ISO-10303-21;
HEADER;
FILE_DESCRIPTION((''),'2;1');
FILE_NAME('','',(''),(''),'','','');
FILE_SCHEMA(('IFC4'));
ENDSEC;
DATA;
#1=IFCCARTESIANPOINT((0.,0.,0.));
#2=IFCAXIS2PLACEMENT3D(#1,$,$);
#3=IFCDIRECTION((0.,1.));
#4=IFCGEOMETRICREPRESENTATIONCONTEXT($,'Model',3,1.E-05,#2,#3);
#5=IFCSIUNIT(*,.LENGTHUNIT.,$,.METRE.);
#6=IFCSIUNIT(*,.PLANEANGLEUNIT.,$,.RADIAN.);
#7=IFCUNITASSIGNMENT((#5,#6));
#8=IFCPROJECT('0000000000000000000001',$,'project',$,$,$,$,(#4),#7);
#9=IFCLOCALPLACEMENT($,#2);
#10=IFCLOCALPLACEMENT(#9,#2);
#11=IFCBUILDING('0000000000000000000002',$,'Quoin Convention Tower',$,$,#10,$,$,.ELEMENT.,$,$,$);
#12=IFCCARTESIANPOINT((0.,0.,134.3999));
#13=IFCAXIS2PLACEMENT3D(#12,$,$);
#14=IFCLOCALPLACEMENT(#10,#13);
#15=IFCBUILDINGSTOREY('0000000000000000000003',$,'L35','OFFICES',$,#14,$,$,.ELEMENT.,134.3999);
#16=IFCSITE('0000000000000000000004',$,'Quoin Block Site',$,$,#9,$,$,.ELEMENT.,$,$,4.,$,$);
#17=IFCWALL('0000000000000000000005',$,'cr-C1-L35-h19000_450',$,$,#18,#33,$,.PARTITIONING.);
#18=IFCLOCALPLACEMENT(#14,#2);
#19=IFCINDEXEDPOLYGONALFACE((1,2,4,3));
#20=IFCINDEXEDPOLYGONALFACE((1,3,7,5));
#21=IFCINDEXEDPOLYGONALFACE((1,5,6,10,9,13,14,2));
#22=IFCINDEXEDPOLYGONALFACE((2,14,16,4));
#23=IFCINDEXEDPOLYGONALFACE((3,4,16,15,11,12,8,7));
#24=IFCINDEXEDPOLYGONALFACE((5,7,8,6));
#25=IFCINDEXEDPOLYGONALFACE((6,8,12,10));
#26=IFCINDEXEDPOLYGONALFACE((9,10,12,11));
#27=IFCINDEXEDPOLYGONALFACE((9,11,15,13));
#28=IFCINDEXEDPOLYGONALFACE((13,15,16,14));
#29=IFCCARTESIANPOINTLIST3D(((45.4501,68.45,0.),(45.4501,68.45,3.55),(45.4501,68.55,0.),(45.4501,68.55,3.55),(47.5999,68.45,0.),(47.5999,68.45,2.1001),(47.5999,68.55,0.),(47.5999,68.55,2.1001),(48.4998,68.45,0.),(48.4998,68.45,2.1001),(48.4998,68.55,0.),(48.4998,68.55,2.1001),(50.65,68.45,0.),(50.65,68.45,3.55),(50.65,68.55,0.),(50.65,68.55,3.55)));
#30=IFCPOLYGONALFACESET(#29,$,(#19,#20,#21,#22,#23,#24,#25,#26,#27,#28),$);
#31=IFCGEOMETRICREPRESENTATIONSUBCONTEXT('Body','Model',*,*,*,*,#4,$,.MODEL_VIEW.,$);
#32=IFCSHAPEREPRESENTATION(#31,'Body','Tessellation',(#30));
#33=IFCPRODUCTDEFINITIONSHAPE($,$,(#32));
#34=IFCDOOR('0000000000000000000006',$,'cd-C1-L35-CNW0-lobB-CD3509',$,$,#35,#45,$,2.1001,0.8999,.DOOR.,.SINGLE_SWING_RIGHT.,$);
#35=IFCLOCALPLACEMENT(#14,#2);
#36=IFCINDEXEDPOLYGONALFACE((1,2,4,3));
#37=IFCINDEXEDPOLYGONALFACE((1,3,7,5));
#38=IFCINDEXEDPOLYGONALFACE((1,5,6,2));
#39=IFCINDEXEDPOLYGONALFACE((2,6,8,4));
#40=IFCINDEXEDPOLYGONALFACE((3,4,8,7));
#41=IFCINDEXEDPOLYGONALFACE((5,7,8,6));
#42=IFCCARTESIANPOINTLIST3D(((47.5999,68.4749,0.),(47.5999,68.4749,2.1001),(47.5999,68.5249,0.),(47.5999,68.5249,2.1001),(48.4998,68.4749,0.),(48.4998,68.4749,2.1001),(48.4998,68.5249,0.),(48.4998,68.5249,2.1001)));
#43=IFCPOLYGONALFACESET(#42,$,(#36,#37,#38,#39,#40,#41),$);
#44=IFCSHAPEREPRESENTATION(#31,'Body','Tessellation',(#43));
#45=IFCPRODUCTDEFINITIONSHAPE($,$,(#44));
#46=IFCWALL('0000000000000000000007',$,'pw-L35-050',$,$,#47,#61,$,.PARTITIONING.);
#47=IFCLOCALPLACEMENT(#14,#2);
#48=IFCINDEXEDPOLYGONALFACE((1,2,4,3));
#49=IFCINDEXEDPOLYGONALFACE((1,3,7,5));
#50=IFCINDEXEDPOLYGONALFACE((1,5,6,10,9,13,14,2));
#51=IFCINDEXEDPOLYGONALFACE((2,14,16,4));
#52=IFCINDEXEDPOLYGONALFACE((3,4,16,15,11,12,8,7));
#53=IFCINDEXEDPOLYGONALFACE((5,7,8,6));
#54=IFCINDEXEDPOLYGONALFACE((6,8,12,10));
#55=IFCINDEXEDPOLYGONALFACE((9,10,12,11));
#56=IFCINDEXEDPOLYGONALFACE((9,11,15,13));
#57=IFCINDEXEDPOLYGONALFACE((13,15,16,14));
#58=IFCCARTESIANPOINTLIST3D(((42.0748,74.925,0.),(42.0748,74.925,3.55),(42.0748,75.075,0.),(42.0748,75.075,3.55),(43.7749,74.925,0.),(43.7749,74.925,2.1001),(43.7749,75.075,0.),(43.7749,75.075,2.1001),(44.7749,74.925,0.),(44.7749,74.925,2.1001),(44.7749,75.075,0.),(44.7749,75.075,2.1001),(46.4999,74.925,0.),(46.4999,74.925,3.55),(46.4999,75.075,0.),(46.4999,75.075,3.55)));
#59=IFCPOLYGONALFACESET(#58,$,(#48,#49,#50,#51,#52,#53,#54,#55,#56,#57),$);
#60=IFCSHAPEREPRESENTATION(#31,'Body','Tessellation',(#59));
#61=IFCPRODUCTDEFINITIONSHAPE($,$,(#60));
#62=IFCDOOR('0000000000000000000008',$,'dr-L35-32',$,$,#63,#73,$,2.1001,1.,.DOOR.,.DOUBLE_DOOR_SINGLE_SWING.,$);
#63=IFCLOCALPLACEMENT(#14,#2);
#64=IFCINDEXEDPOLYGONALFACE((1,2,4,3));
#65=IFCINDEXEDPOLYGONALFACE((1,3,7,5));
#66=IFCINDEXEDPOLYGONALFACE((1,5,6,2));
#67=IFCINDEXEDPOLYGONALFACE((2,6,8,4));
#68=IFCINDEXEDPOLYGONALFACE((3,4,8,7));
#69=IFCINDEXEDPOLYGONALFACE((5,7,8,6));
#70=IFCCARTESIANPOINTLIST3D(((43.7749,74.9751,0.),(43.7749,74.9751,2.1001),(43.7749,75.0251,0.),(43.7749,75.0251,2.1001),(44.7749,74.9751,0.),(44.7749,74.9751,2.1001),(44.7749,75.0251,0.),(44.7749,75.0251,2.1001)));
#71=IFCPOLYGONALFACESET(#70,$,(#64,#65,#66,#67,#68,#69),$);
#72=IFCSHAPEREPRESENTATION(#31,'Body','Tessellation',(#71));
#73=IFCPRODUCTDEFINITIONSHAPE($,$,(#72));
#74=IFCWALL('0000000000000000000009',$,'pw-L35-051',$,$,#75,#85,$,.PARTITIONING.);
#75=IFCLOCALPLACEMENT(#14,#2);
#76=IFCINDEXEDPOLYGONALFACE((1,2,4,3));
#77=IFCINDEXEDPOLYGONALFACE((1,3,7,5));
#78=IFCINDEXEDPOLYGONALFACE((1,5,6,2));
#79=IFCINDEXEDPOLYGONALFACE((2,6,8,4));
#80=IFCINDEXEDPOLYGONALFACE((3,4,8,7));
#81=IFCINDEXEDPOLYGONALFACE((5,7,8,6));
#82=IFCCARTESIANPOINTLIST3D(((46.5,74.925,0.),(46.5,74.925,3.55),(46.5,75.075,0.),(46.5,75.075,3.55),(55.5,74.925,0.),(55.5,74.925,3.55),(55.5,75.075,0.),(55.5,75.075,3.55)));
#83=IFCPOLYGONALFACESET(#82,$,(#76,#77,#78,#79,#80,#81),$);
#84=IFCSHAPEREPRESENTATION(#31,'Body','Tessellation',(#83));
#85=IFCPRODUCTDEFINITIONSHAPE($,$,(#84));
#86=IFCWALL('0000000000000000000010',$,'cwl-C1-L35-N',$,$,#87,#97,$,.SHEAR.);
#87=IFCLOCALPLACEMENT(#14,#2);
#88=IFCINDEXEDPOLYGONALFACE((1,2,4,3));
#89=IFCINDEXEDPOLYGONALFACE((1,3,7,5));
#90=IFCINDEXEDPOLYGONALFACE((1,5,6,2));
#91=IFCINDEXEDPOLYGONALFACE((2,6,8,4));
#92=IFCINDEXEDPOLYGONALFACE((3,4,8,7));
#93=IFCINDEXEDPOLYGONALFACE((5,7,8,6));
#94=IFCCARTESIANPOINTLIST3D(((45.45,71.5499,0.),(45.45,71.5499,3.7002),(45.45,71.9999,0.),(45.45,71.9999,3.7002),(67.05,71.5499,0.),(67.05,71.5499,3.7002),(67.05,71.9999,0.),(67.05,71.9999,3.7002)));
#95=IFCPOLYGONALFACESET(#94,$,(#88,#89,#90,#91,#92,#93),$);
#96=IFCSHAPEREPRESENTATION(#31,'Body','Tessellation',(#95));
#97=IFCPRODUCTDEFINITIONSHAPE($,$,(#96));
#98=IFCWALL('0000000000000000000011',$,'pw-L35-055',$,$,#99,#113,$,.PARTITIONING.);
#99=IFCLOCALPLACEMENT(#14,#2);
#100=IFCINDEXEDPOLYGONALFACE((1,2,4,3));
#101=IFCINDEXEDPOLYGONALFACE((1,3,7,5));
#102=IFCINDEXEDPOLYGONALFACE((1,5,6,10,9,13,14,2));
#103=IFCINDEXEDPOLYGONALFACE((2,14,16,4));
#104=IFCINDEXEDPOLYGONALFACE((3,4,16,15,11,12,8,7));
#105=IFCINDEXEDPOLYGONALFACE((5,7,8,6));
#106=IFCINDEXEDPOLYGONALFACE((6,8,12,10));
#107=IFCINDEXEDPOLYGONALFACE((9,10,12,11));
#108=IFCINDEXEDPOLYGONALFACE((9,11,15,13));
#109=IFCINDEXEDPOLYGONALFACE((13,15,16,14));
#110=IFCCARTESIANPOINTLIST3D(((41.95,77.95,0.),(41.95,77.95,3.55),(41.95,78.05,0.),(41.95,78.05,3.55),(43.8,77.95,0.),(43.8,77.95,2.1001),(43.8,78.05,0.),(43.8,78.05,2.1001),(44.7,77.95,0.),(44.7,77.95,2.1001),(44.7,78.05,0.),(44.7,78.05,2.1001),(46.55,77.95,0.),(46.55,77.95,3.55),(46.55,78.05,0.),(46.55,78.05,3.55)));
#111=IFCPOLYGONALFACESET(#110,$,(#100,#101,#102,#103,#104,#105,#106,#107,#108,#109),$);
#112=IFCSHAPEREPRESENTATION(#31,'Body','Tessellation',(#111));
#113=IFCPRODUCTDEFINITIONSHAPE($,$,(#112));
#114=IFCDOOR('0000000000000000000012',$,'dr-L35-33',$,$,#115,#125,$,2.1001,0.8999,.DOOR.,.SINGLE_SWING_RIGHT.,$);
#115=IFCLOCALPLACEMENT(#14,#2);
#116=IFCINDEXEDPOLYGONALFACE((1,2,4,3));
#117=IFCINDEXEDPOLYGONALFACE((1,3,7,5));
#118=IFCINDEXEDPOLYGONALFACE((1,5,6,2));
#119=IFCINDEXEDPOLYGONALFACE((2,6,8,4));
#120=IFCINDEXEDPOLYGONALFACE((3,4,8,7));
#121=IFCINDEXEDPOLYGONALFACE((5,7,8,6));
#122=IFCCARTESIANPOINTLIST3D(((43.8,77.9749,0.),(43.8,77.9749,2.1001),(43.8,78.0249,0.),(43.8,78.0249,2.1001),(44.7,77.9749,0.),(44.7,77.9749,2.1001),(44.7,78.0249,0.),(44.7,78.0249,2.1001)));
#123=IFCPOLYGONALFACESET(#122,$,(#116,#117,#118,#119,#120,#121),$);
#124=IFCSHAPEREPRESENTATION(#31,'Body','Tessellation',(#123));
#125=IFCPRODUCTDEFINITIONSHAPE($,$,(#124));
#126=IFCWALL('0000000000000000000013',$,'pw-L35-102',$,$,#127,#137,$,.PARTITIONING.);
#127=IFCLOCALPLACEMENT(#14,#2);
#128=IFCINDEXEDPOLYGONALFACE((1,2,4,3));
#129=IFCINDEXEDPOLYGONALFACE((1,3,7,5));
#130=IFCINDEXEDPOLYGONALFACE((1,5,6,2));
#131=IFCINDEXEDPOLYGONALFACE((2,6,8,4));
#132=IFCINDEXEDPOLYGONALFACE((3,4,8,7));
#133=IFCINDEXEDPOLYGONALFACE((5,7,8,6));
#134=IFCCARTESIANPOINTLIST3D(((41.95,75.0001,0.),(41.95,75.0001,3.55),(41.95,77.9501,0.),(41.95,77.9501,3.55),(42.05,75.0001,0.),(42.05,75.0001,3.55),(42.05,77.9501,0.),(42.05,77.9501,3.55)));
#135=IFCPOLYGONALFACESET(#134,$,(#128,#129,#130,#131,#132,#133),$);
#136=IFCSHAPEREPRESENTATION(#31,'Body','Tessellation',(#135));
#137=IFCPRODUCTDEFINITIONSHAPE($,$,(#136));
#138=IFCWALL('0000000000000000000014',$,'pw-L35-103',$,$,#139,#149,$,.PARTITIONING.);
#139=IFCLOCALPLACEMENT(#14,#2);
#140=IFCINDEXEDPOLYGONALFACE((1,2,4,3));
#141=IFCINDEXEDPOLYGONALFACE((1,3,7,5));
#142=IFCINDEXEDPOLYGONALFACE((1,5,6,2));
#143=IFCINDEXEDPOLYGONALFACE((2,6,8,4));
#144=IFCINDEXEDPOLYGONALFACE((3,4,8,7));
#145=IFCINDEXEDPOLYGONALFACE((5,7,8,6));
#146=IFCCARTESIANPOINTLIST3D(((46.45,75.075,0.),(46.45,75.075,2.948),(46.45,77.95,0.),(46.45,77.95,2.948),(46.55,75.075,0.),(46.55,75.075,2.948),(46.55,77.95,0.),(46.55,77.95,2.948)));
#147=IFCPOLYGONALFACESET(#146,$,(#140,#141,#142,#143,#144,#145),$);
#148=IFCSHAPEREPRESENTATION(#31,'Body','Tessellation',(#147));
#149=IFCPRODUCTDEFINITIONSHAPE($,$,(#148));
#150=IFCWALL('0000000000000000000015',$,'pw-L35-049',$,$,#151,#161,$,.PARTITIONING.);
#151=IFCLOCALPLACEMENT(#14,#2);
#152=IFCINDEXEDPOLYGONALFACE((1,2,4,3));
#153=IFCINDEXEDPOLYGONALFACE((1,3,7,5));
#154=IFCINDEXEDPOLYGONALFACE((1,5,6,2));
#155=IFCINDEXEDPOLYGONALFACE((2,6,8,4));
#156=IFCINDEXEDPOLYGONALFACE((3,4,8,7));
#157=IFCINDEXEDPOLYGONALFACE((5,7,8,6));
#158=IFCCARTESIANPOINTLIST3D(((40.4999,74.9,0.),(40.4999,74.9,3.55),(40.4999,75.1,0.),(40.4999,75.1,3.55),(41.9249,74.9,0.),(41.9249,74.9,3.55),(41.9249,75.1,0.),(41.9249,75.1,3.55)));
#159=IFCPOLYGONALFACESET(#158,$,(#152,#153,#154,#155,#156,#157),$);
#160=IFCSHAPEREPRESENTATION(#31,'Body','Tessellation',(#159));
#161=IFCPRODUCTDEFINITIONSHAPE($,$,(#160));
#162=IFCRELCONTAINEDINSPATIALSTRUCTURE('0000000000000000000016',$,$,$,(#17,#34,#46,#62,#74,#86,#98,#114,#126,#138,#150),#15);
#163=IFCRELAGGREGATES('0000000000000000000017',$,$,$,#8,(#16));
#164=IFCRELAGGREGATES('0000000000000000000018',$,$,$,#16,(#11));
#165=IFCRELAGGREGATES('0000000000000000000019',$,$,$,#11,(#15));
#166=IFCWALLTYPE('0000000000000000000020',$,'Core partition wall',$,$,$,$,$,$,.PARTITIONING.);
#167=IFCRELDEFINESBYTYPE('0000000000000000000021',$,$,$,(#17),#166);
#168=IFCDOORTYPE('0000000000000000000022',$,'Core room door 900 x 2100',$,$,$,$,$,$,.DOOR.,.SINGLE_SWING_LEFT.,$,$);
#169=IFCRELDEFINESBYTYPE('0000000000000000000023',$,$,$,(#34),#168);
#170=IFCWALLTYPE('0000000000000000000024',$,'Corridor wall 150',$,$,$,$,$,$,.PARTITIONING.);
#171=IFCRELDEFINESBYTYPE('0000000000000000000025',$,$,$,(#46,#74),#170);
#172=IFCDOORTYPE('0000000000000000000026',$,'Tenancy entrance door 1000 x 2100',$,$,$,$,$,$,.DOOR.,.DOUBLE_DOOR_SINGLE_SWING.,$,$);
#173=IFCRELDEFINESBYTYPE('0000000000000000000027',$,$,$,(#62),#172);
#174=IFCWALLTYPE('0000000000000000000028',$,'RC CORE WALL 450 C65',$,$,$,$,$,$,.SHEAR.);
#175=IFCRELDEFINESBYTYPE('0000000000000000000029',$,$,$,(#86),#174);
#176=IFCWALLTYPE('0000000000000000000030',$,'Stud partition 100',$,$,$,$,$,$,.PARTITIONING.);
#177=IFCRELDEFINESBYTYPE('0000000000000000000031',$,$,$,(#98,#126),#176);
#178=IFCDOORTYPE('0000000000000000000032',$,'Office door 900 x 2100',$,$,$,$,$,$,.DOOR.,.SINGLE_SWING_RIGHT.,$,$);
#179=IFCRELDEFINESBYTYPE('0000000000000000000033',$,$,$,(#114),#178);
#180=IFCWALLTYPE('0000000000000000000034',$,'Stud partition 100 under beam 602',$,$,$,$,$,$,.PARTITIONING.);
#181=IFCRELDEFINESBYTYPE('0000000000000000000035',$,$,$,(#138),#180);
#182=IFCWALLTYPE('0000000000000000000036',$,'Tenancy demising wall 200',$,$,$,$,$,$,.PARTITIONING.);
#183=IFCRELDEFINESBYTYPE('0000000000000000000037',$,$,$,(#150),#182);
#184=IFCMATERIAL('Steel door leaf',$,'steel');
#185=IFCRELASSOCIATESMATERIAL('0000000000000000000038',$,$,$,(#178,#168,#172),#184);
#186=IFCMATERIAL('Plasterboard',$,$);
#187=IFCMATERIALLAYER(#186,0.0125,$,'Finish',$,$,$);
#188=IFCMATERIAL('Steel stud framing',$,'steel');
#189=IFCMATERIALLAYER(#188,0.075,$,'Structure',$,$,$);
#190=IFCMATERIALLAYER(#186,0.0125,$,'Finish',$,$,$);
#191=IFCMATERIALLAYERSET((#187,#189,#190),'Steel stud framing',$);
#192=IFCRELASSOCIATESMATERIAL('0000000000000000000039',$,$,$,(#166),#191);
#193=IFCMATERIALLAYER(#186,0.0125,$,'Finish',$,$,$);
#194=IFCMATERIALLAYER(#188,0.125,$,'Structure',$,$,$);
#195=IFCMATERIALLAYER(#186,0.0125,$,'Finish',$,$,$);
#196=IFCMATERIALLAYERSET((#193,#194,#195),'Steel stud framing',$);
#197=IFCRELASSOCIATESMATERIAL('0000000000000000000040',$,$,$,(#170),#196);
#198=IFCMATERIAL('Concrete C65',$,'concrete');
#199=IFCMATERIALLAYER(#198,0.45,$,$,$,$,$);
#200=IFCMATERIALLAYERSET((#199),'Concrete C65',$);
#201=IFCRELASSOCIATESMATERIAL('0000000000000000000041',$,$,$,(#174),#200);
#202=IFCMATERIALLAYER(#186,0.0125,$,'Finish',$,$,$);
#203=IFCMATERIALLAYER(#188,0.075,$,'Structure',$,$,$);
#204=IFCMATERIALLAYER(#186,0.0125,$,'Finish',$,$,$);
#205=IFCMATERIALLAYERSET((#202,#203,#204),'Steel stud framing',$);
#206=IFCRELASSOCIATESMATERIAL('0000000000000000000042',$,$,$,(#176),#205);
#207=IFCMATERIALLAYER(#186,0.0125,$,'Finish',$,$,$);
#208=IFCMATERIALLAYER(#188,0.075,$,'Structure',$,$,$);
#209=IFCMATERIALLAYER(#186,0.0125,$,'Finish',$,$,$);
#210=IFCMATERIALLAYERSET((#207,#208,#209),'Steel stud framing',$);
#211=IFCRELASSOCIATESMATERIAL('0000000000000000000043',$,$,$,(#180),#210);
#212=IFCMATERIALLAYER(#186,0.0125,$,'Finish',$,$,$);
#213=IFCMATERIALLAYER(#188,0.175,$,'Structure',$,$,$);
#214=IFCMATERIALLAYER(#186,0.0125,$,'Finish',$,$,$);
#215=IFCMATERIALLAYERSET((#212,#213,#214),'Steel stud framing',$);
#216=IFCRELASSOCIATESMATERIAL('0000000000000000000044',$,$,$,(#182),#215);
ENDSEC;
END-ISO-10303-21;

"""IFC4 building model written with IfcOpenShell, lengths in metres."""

from ifc_helpers import new_model, si_unit, direction, frame, frame_2d, origin, place, context, subcontext, project, spatial, rectangle, extrude, material, layer, layer_set, type_object, element, fill, save


model = new_model("IFC4")

# Units and contexts
model_context = context("Model", 3, precision=1e-05, world=origin(), true_north=direction((0.0, 1.0)))
body_context = subcontext(model_context, "Body", "Model", "MODEL_VIEW")
ifc_project = project(units=[si_unit("LENGTHUNIT", "METRE"), si_unit("PLANEANGLEUNIT", "RADIAN")], contexts=[model_context])

# Site, building, storey
site_placement = place(None, origin())
site = spatial("IfcSite", under=ifc_project, at=site_placement, Name="Quoin Block Site", CompositionType="ELEMENT", RefElevation=4.0)
building_placement = place(site_placement, origin())
building = spatial("IfcBuilding", under=site, at=building_placement, Name="Quoin Convention Tower", CompositionType="ELEMENT")
storey_placement = place(building_placement, frame((0.0, 0.0, 134.3999)))
storey = spatial("IfcBuildingStorey", under=building, at=storey_placement, Name="L35", Description="OFFICES", CompositionType="ELEMENT", Elevation=134.3999)

# Shared definitions
ifc_material_1 = material(Name="Concrete C65", Category="concrete")

# Shared definitions
ifc_material_2 = material(Name="Plasterboard")
ifc_material_3 = material(Name="Steel stud framing", Category="steel")
ifc_material_4 = material(Name="Steel door leaf", Category="steel")
door_type_1 = type_object("IfcDoorType", Name="Office door 900 x 2100", OperationType="SINGLE_SWING_RIGHT", PredefinedType="DOOR", material=ifc_material_4)

# Walls, openings, doors
ifc_layer_1 = layer(ifc_material_2, 0.0125, Name="Finish")
ifc_layer_2 = layer(ifc_material_3, 0.075, Name="Structure")
ifc_layer_3 = layer(ifc_material_2, 0.0125, Name="Finish")
ifc_layer_set_1 = layer_set([ifc_layer_1, ifc_layer_2, ifc_layer_3], Name="Steel stud framing")
wall_type_1 = type_object("IfcWallType", Name="Core partition wall", PredefinedType="PARTITIONING", material=ifc_layer_set_1)
wall_1_placement = place(storey_placement, frame((45.45, 68.5, 0.0), z_axis=(0.0, 0.0, 1.0), x_axis=(1.0, 0.0, 0.0)))
wall_1 = element("IfcWall", 1, at=wall_1_placement, inside=storey, type_object=wall_type_1, Name="cr-C1-L35-h19000_450", PredefinedType="PARTITIONING", context=body_context, shape_type="SweptSolid", body=[
    extrude(rectangle(XDim=5.2, YDim=0.1001, at=frame_2d((2.6001, 0.0))), origin(), (0.0, 0.0, 1.0), 3.55),
])
opening_1_placement = place(wall_1_placement, frame((2.1499, 0.0, 0.0)))
opening_1 = element("IfcOpeningElement", 2, at=opening_1_placement, cuts=wall_1, PredefinedType="OPENING", context=body_context, shape_type="SweptSolid", body=[
    extrude(rectangle(XDim=0.8999, YDim=2.1001, at=frame_2d((0.45, 1.05))), frame((0.0, 0.0601, 0.0), z_axis=(0.0, -1.0, 0.0), x_axis=(1.0, 0.0, 0.0)), (0.0, 0.0, 1.0), 0.1201),
])
door_type_2 = type_object("IfcDoorType", Name="Core room door 900 x 2100", OperationType="SINGLE_SWING_LEFT", PredefinedType="DOOR", material=ifc_material_4)
door_1_placement = place(opening_1_placement, origin())
door_1 = element("IfcDoor", 3, at=door_1_placement, inside=storey, type_object=door_type_2, Name="cd-C1-L35-CNW0-lobB-CD3509", OperationType="SINGLE_SWING_RIGHT", OverallHeight=2.1001, OverallWidth=0.8999, PredefinedType="DOOR", context=body_context, shape_type="SweptSolid", body=[
    extrude(rectangle(XDim=0.8999, YDim=2.1001, at=frame_2d((0.45, 1.05))), frame((0.0, 0.0249, 0.0), z_axis=(0.0, -1.0, 0.0), x_axis=(1.0, 0.0, 0.0)), (0.0, 0.0, 1.0), 0.05),
])
fill(opening_1, door_1)
ifc_layer_4 = layer(ifc_material_2, 0.0125, Name="Finish")
ifc_layer_5 = layer(ifc_material_3, 0.125, Name="Structure")
ifc_layer_6 = layer(ifc_material_2, 0.0125, Name="Finish")
ifc_layer_set_2 = layer_set([ifc_layer_4, ifc_layer_5, ifc_layer_6], Name="Steel stud framing")
wall_type_2 = type_object("IfcWallType", Name="Corridor wall 150", PredefinedType="PARTITIONING", material=ifc_layer_set_2)
wall_2_placement = place(storey_placement, frame((42.075, 75.0, 0.0), z_axis=(0.0, 0.0, 1.0), x_axis=(1.0, 0.0, 0.0)))
wall_2 = element("IfcWall", 4, at=wall_2_placement, inside=storey, type_object=wall_type_2, Name="pw-L35-050", PredefinedType="PARTITIONING", context=body_context, shape_type="SweptSolid", body=[
    extrude(rectangle(XDim=4.425, YDim=0.1499, at=frame_2d((2.2124, 0.0))), origin(), (0.0, 0.0, 1.0), 3.55),
])
opening_2_placement = place(wall_2_placement, frame((1.7, 0.0, 0.0)))
opening_2 = element("IfcOpeningElement", 5, at=opening_2_placement, cuts=wall_2, PredefinedType="OPENING", context=body_context, shape_type="SweptSolid", body=[
    extrude(rectangle(XDim=1.0, YDim=2.1001, at=frame_2d((0.5, 1.05))), frame((0.0, 0.085, 0.0), z_axis=(0.0, -1.0, 0.0), x_axis=(1.0, 0.0, 0.0)), (0.0, 0.0, 1.0), 0.1699),
])
door_type_3 = type_object("IfcDoorType", Name="Tenancy entrance door 1000 x 2100", OperationType="DOUBLE_DOOR_SINGLE_SWING", PredefinedType="DOOR", material=ifc_material_4)
door_2_placement = place(opening_2_placement, frame((1.0, 0.0, 0.0), z_axis=(0.0, 0.0, 1.0), x_axis=(-1.0, 0.0, 0.0)))
door_2 = element("IfcDoor", 6, at=door_2_placement, inside=storey, type_object=door_type_3, Name="dr-L35-32", OperationType="DOUBLE_DOOR_SINGLE_SWING", OverallHeight=2.1001, OverallWidth=1.0, PredefinedType="DOOR", context=body_context, shape_type="SweptSolid", body=[
    extrude(rectangle(XDim=1.0, YDim=2.1001, at=frame_2d((0.5, 1.05))), frame((0.0, 0.0249, 0.0), z_axis=(0.0, -1.0, 0.0), x_axis=(1.0, 0.0, 0.0)), (0.0, 0.0, 1.0), 0.05),
])
fill(opening_2, door_2)

# Walls
wall_3_placement = place(storey_placement, frame((46.5, 75.0, 0.0), z_axis=(0.0, 0.0, 1.0), x_axis=(1.0, 0.0, 0.0)))
element("IfcWall", 7, at=wall_3_placement, inside=storey, type_object=wall_type_2, Name="pw-L35-051", PredefinedType="PARTITIONING", context=body_context, shape_type="SweptSolid", body=[
    extrude(rectangle(XDim=9.0, YDim=0.1499, at=frame_2d((4.5, 0.0))), origin(), (0.0, 0.0, 1.0), 3.55),
])
ifc_layer_7 = layer(ifc_material_1, 0.45)
ifc_layer_set_3 = layer_set([ifc_layer_7], Name="Concrete C65")
wall_type_3 = type_object("IfcWallType", Name="RC CORE WALL 450 C65", PredefinedType="SHEAR", material=ifc_layer_set_3)
wall_4_placement = place(storey_placement, frame((45.45, 71.7749, 0.0), z_axis=(0.0, 0.0, 1.0), x_axis=(1.0, 0.0, 0.0)))
element("IfcWall", 8, at=wall_4_placement, inside=storey, type_object=wall_type_3, Name="cwl-C1-L35-N", PredefinedType="SHEAR", context=body_context, shape_type="SweptSolid", body=[
    extrude(rectangle(XDim=21.6001, YDim=0.45, at=frame_2d((10.8, 0.0))), origin(), (0.0, 0.0, 1.0), 3.7002),
])

# Wall, opening, door
ifc_layer_8 = layer(ifc_material_2, 0.0125, Name="Finish")
ifc_layer_9 = layer(ifc_material_3, 0.075, Name="Structure")
ifc_layer_10 = layer(ifc_material_2, 0.0125, Name="Finish")
ifc_layer_set_4 = layer_set([ifc_layer_8, ifc_layer_9, ifc_layer_10], Name="Steel stud framing")
wall_type_4 = type_object("IfcWallType", Name="Stud partition 100", PredefinedType="PARTITIONING", material=ifc_layer_set_4)
wall_5_placement = place(storey_placement, frame((41.95, 78.0, 0.0), z_axis=(0.0, 0.0, 1.0), x_axis=(1.0, 0.0, 0.0)))
wall_5 = element("IfcWall", 9, at=wall_5_placement, inside=storey, type_object=wall_type_4, Name="pw-L35-055", PredefinedType="PARTITIONING", context=body_context, shape_type="SweptSolid", body=[
    extrude(rectangle(XDim=4.6001, YDim=0.1001, at=frame_2d((2.3, 0.0))), origin(), (0.0, 0.0, 1.0), 3.55),
])
opening_3_placement = place(wall_5_placement, frame((1.8501, 0.0, 0.0)))
opening_3 = element("IfcOpeningElement", 10, at=opening_3_placement, cuts=wall_5, PredefinedType="OPENING", context=body_context, shape_type="SweptSolid", body=[
    extrude(rectangle(XDim=0.8999, YDim=2.1001, at=frame_2d((0.45, 1.05))), frame((0.0, 0.0601, 0.0), z_axis=(0.0, -1.0, 0.0), x_axis=(1.0, 0.0, 0.0)), (0.0, 0.0, 1.0), 0.1201),
])
door_3_placement = place(opening_3_placement, origin())
door_3 = element("IfcDoor", 11, at=door_3_placement, inside=storey, type_object=door_type_1, Name="dr-L35-33", OperationType="SINGLE_SWING_RIGHT", OverallHeight=2.1001, OverallWidth=0.8999, PredefinedType="DOOR", context=body_context, shape_type="SweptSolid", body=[
    extrude(rectangle(XDim=0.8999, YDim=2.1001, at=frame_2d((0.45, 1.05))), frame((0.0, 0.0249, 0.0), z_axis=(0.0, -1.0, 0.0), x_axis=(1.0, 0.0, 0.0)), (0.0, 0.0, 1.0), 0.05),
])
fill(opening_3, door_3)

# Walls
wall_6_placement = place(storey_placement, frame((42.0, 75.0, 0.0), z_axis=(0.0, 0.0, 1.0), x_axis=(0.0, 1.0, 0.0)))
element("IfcWall", 12, at=wall_6_placement, inside=storey, type_object=wall_type_4, Name="pw-L35-102", PredefinedType="PARTITIONING", context=body_context, shape_type="SweptSolid", body=[
    extrude(rectangle(XDim=2.95, YDim=0.1001, at=frame_2d((1.4751, 0.0))), origin(), (0.0, 0.0, 1.0), 3.55),
])
ifc_layer_11 = layer(ifc_material_2, 0.0125, Name="Finish")
ifc_layer_12 = layer(ifc_material_3, 0.075, Name="Structure")
ifc_layer_13 = layer(ifc_material_2, 0.0125, Name="Finish")
ifc_layer_set_5 = layer_set([ifc_layer_11, ifc_layer_12, ifc_layer_13], Name="Steel stud framing")
wall_type_5 = type_object("IfcWallType", Name="Stud partition 100 under beam 602", PredefinedType="PARTITIONING", material=ifc_layer_set_5)
wall_7_placement = place(storey_placement, frame((46.5, 75.075, 0.0), z_axis=(0.0, 0.0, 1.0), x_axis=(0.0, 1.0, 0.0)))
element("IfcWall", 13, at=wall_7_placement, inside=storey, type_object=wall_type_5, Name="pw-L35-103", PredefinedType="PARTITIONING", context=body_context, shape_type="SweptSolid", body=[
    extrude(rectangle(XDim=2.875, YDim=0.1001, at=frame_2d((1.4375, 0.0))), origin(), (0.0, 0.0, 1.0), 2.948),
])
ifc_layer_14 = layer(ifc_material_2, 0.0125, Name="Finish")
ifc_layer_15 = layer(ifc_material_3, 0.175, Name="Structure")
ifc_layer_16 = layer(ifc_material_2, 0.0125, Name="Finish")
ifc_layer_set_6 = layer_set([ifc_layer_14, ifc_layer_15, ifc_layer_16], Name="Steel stud framing")
wall_type_6 = type_object("IfcWallType", Name="Tenancy demising wall 200", PredefinedType="PARTITIONING", material=ifc_layer_set_6)
wall_8_placement = place(storey_placement, frame((40.5, 75.0, 0.0), z_axis=(0.0, 0.0, 1.0), x_axis=(1.0, 0.0, 0.0)))
element("IfcWall", 14, at=wall_8_placement, inside=storey, type_object=wall_type_6, Name="pw-L35-049", PredefinedType="PARTITIONING", context=body_context, shape_type="SweptSolid", body=[
    extrude(rectangle(XDim=1.425, YDim=0.2, at=frame_2d((0.7124, 0.0))), origin(), (0.0, 0.0, 1.0), 3.55),
])

save(model, "model.ifc")
